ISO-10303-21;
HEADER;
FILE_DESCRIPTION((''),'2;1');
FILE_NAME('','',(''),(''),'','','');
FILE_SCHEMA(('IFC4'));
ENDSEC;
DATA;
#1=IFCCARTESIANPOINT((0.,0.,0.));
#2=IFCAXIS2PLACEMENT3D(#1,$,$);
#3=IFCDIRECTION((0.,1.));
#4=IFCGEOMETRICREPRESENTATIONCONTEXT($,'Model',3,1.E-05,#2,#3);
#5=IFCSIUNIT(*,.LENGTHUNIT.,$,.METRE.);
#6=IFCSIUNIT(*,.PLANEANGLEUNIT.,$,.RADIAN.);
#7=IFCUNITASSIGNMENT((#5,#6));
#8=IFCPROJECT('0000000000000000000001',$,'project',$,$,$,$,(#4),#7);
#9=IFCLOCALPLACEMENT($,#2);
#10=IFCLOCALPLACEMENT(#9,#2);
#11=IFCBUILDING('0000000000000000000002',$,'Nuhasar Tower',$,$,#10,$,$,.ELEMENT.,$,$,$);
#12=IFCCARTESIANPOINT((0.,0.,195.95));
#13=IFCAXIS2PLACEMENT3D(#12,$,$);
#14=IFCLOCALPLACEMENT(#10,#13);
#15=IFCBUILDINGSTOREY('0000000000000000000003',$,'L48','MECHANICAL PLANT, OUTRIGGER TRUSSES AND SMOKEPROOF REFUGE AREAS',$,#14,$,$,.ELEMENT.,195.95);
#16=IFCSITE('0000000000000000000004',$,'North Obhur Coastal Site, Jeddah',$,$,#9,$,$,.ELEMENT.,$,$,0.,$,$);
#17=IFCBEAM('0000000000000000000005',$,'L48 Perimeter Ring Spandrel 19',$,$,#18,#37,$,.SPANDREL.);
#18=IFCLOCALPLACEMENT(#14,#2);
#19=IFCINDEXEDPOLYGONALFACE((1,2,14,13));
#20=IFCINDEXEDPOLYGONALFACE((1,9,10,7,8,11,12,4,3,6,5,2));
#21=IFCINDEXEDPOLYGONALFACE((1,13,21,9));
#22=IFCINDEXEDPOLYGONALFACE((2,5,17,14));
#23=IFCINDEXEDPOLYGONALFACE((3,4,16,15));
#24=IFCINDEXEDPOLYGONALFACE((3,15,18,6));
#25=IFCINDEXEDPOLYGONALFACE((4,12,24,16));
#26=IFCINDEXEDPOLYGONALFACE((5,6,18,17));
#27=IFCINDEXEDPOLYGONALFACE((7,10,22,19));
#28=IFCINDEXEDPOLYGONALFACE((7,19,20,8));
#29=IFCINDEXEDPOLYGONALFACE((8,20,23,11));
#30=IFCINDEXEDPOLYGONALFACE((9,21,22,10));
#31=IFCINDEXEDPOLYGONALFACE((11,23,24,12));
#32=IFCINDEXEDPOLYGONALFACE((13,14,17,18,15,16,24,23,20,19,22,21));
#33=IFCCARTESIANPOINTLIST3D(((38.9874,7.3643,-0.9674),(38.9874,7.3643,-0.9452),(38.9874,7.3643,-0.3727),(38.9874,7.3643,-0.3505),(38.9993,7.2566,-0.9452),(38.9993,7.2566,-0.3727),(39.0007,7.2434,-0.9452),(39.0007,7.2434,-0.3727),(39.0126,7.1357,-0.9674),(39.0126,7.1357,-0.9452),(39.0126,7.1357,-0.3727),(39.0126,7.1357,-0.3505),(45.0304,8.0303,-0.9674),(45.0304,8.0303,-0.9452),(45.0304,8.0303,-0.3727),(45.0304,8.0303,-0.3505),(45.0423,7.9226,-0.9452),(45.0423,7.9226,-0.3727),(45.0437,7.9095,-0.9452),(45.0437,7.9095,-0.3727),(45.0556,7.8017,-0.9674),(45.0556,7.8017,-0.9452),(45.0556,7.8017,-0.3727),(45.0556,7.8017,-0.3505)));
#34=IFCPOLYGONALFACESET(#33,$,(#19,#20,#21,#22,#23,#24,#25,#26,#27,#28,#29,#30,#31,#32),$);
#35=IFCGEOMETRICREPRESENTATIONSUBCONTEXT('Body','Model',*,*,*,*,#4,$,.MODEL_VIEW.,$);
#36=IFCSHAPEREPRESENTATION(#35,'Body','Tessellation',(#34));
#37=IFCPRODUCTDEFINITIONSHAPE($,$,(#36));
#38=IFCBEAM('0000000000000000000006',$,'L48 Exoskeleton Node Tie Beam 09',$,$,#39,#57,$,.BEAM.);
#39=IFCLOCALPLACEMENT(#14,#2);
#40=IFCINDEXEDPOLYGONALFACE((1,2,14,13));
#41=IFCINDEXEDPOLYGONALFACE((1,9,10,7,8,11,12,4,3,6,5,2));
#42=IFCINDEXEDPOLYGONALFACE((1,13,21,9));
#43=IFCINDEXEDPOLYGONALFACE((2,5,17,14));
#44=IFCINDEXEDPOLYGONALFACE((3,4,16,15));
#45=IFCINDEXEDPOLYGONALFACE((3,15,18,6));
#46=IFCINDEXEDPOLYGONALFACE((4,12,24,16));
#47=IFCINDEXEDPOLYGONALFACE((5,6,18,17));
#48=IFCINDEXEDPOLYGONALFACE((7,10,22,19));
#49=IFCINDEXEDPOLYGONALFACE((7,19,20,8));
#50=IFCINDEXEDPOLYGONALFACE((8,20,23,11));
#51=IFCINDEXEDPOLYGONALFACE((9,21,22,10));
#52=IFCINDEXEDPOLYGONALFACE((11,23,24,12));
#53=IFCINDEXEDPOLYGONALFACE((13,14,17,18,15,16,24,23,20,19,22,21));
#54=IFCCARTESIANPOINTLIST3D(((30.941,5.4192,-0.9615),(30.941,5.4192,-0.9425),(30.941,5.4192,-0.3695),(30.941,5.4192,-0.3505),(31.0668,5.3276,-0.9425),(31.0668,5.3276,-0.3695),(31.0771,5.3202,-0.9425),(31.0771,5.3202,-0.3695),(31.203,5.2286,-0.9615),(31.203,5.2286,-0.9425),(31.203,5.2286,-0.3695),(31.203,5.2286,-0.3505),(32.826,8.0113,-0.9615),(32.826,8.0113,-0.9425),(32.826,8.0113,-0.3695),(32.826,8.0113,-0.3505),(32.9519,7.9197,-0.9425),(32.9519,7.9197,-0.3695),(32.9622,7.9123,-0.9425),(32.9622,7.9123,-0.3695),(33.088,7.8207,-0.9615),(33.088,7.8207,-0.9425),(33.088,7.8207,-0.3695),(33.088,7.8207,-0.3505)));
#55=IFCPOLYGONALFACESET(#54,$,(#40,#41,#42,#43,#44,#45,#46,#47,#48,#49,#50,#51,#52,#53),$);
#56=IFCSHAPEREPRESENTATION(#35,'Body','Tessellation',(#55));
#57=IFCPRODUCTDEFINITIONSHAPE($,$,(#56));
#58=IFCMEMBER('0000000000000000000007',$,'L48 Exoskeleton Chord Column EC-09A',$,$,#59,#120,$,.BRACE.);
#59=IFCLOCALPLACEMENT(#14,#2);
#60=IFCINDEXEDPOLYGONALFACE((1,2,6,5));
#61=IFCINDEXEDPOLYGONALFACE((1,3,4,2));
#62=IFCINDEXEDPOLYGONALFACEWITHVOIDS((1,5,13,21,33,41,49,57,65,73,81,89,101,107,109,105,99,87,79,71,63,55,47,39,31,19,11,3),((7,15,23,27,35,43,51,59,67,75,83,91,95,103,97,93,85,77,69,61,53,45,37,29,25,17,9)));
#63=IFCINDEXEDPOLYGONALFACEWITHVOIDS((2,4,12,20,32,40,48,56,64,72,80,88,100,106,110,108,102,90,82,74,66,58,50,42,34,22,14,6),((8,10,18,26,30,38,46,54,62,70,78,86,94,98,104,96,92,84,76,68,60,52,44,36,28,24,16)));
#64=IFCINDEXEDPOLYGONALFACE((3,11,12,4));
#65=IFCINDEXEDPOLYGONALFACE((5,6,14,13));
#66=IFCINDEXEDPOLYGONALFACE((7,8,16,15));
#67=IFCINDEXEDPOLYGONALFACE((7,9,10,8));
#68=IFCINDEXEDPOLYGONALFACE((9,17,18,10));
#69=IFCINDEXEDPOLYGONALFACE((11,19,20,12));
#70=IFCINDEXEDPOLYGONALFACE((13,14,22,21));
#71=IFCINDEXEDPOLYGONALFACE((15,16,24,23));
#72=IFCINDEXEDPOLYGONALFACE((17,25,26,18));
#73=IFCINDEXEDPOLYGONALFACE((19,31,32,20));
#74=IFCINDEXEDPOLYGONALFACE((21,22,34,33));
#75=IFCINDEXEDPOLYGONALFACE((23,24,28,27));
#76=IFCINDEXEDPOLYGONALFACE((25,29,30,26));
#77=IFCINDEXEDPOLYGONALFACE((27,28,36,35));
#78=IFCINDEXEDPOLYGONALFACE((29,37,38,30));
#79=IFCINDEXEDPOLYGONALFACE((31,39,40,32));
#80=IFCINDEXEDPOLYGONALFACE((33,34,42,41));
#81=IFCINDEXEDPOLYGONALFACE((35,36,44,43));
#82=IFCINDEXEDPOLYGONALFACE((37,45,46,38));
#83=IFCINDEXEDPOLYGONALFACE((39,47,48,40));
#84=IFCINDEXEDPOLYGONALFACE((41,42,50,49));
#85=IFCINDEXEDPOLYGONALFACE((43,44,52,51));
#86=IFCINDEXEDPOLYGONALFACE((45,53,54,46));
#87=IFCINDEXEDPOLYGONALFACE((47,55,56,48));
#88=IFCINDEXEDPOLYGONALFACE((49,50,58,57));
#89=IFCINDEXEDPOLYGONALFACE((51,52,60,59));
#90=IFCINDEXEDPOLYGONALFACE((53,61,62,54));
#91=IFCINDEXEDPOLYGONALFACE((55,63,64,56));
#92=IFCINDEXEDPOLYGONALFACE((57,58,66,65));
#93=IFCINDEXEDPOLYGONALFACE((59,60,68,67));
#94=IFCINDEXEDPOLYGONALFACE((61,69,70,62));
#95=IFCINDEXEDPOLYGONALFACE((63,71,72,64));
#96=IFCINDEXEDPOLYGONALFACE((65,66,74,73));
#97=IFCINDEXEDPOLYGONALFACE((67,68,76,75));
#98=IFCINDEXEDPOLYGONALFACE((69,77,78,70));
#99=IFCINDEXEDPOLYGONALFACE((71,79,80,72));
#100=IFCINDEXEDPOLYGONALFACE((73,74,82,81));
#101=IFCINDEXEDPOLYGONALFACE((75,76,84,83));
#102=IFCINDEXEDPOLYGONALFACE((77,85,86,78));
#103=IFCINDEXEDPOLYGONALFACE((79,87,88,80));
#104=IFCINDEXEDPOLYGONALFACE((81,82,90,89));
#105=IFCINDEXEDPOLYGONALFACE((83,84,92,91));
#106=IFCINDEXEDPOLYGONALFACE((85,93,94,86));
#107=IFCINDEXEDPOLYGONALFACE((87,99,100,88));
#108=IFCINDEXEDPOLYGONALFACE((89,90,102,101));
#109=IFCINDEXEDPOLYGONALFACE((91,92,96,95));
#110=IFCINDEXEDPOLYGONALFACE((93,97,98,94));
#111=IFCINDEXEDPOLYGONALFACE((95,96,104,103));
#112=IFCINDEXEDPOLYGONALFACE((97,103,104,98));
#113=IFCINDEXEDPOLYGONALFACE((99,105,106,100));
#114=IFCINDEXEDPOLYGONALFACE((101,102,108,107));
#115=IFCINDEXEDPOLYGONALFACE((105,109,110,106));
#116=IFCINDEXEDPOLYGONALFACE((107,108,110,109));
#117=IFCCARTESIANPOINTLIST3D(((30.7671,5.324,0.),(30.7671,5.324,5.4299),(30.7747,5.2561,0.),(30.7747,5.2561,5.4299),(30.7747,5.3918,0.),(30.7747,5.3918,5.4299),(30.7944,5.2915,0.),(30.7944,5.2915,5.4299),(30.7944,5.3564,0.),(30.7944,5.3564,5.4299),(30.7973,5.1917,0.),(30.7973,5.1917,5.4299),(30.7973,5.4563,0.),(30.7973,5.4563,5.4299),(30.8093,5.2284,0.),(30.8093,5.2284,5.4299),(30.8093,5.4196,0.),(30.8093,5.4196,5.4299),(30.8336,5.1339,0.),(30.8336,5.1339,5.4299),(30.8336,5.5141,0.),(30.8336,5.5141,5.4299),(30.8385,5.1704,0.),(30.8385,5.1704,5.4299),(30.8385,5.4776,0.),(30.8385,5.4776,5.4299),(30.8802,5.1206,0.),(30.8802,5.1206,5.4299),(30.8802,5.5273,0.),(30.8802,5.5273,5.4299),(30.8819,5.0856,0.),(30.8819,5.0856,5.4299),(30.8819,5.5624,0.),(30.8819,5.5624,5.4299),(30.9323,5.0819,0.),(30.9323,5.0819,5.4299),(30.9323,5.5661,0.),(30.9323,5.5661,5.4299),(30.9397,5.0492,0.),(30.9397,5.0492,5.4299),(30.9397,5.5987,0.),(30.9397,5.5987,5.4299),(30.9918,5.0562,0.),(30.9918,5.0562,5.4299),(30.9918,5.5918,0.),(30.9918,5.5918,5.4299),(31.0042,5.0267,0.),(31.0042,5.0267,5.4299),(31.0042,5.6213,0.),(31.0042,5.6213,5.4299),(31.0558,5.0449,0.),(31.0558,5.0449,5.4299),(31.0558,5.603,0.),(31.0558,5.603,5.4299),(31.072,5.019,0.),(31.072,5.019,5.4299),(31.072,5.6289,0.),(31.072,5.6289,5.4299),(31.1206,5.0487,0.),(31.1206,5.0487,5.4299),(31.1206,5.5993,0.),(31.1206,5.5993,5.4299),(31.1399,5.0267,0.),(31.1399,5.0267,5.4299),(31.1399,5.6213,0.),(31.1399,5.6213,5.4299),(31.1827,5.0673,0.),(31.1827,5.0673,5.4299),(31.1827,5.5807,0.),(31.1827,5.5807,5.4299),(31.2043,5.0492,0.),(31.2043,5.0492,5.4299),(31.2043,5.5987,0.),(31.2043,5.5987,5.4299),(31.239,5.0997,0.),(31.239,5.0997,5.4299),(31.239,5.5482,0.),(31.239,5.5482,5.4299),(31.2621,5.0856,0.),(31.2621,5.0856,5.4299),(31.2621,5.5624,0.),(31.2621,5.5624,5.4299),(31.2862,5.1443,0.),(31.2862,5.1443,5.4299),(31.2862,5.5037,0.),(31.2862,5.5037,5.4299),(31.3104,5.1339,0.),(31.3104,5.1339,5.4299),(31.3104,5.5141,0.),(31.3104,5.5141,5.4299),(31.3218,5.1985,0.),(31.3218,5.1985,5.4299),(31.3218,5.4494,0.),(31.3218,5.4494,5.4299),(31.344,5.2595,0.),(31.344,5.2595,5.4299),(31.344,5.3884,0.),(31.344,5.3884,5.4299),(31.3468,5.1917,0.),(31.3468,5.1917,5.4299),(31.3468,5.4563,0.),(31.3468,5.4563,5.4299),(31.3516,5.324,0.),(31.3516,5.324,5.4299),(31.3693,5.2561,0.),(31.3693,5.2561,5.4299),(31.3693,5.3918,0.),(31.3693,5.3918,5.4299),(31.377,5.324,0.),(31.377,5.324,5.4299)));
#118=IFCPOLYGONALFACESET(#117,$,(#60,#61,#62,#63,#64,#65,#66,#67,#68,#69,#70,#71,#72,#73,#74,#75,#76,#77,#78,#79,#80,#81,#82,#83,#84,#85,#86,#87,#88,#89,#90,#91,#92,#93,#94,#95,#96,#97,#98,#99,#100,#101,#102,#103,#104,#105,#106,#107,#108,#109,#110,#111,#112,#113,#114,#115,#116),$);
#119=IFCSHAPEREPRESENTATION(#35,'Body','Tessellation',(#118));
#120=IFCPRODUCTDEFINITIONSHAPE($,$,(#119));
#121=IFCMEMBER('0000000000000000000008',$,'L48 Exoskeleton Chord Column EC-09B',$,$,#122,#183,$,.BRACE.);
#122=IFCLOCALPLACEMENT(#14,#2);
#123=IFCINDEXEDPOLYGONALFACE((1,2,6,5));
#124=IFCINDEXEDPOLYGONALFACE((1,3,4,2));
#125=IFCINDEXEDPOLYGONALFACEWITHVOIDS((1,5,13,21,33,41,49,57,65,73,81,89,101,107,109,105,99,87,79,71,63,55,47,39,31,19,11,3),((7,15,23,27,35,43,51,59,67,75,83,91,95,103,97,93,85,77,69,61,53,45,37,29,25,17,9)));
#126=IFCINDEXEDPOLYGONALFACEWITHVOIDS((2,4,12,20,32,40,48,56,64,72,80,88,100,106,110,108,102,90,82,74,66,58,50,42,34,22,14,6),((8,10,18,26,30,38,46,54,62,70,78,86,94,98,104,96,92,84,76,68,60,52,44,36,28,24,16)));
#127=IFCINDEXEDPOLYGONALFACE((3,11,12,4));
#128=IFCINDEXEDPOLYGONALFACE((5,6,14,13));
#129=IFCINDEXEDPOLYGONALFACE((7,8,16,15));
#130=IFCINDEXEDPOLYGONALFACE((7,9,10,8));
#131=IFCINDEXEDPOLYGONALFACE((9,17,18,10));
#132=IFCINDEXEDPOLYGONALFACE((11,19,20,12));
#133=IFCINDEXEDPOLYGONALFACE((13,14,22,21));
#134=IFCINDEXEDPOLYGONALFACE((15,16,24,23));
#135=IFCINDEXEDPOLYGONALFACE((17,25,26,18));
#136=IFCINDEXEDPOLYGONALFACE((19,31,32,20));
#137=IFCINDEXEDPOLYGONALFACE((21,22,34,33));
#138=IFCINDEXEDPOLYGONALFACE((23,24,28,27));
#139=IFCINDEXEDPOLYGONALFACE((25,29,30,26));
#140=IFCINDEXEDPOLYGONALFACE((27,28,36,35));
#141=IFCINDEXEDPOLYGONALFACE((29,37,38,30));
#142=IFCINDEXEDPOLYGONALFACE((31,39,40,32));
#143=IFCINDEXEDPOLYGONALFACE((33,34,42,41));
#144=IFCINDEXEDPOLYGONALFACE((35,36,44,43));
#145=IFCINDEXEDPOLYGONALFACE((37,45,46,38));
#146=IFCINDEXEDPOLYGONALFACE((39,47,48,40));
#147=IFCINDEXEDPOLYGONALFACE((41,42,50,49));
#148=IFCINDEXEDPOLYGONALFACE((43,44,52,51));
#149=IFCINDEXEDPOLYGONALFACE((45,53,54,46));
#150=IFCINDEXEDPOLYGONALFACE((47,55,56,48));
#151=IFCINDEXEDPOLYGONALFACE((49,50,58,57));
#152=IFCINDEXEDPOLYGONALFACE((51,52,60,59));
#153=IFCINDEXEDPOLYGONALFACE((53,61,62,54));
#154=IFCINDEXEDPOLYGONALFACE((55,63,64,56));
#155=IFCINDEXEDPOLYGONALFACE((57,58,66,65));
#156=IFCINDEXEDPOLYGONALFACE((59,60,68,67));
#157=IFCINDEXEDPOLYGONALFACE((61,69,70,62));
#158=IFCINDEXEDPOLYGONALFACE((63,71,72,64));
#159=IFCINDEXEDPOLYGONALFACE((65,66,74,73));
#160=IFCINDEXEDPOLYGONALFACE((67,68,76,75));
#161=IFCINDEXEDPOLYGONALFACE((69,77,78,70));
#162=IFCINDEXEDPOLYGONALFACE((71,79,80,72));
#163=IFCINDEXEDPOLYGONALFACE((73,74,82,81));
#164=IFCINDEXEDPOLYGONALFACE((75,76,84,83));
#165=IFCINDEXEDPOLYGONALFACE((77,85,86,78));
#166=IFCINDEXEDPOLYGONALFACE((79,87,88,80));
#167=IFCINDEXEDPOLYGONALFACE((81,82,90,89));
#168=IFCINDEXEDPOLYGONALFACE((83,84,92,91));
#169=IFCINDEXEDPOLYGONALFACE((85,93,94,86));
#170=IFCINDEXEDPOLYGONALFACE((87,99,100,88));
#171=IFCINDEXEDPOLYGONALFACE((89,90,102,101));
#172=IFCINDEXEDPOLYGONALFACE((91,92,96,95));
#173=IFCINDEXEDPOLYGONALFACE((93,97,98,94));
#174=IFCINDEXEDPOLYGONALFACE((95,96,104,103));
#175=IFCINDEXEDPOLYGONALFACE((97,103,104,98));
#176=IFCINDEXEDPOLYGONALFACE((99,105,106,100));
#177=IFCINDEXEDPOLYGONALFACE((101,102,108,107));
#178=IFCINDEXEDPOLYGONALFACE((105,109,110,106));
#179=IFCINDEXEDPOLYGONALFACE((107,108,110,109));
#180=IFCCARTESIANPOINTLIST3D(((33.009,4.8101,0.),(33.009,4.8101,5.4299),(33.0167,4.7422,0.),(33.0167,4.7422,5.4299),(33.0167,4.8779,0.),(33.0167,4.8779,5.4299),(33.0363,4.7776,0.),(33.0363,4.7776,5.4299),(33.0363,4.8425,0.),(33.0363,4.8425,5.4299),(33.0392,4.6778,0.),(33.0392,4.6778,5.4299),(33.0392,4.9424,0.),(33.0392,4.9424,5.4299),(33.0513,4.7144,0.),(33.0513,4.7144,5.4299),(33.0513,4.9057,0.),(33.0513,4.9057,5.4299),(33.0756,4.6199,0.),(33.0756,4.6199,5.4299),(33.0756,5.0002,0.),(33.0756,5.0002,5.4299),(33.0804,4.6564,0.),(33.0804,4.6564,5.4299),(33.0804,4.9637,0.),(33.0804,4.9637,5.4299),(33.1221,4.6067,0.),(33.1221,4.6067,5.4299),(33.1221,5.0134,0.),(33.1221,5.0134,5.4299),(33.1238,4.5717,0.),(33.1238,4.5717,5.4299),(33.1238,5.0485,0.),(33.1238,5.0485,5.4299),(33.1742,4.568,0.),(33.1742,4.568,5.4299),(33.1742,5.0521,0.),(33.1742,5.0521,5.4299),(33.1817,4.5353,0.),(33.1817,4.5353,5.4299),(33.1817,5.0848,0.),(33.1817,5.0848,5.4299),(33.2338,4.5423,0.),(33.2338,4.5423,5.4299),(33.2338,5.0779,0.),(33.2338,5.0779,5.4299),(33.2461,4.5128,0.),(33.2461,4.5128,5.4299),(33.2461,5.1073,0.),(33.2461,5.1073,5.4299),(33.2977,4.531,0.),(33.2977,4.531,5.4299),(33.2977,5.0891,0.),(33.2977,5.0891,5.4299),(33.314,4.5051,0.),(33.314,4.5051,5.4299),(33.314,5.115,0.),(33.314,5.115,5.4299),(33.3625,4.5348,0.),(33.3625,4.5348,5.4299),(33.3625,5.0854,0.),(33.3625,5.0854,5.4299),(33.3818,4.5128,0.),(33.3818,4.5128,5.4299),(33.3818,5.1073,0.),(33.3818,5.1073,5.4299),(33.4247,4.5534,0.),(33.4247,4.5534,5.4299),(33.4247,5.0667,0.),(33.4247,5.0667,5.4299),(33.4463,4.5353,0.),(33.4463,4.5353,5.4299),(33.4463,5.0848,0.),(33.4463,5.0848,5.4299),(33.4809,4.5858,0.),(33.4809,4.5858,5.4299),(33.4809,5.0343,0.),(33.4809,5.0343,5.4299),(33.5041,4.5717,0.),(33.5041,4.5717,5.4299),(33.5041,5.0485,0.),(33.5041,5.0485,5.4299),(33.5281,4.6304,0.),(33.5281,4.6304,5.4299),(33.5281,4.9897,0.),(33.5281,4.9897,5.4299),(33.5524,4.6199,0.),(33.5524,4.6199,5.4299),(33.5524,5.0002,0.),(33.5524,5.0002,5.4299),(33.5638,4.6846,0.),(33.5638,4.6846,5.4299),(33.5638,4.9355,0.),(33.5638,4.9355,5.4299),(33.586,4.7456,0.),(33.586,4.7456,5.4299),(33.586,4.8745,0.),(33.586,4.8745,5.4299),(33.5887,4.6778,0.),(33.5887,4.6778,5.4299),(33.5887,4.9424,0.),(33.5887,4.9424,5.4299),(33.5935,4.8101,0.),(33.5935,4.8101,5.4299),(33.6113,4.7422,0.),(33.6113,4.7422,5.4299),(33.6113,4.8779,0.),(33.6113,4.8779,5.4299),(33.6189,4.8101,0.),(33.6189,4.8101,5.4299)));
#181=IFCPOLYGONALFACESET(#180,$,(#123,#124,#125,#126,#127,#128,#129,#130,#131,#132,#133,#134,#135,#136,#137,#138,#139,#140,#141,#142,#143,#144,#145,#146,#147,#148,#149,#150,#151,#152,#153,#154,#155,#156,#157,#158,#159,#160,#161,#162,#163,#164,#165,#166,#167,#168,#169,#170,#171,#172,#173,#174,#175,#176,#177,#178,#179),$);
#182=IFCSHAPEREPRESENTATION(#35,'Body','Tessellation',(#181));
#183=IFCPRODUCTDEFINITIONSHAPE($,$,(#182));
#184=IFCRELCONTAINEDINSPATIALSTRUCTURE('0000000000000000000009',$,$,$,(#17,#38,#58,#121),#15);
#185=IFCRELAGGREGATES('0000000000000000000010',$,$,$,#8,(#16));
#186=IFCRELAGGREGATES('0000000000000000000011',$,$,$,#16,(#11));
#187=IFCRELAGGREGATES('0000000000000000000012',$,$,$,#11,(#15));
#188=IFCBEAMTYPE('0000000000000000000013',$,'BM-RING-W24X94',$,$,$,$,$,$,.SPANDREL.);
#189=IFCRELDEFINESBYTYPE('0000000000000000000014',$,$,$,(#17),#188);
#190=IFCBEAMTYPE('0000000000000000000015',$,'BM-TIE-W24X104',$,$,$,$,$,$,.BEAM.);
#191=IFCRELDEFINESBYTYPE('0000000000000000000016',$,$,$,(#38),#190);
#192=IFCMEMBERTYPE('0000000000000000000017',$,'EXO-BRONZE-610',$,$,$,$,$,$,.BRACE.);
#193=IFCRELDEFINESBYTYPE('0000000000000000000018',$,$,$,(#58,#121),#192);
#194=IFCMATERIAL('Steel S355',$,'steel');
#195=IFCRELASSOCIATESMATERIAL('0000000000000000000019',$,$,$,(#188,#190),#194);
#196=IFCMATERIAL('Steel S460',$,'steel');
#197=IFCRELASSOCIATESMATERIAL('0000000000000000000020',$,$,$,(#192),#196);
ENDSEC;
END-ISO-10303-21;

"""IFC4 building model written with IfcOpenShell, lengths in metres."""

from ifc_helpers import new_model, si_unit, direction, frame, origin, origin_2d, place, context, subcontext, project, spatial, hollow_circle, i_section, extrude, material, material_profile, profile_set, type_object, element, save


model = new_model("IFC4")

# Units and contexts
model_context = context("Model", 3, precision=1e-05, world=origin(), true_north=direction((0.0, 1.0)))
body_context = subcontext(model_context, "Body", "Model", "MODEL_VIEW")
ifc_project = project(units=[si_unit("LENGTHUNIT", "METRE"), si_unit("PLANEANGLEUNIT", "RADIAN")], contexts=[model_context])

# Site, building, storey
site_placement = place(None, origin())
site = spatial("IfcSite", under=ifc_project, at=site_placement, Name="North Obhur Coastal Site, Jeddah", CompositionType="ELEMENT", RefElevation=0.0)
building_placement = place(site_placement, origin())
building = spatial("IfcBuilding", under=site, at=building_placement, Name="Nuhasar Tower", CompositionType="ELEMENT")
storey_placement = place(building_placement, frame((0.0, 0.0, 195.95)))
storey = spatial("IfcBuildingStorey", under=building, at=storey_placement, Name="L48", Description="MECHANICAL PLANT, OUTRIGGER TRUSSES AND SMOKEPROOF REFUGE AREAS", CompositionType="ELEMENT", Elevation=195.95)

# Shared definitions
ifc_material_1 = material(Name="Steel S460", Category="steel")

# Beams
ifc_material_2 = material(Name="Steel S355", Category="steel")
ifc_material_profile_1 = material_profile(ifc_material_2, i_section(OverallWidth=0.23, OverallDepth=0.6169, WebThickness=0.0132, FlangeThickness=0.0222, at=origin_2d()), Name="W24X94")
ifc_profile_set_1 = profile_set([ifc_material_profile_1], Name="Steel S355")
beam_type_1 = type_object("IfcBeamType", Name="BM-RING-W24X94", PredefinedType="SPANDREL", material=ifc_profile_set_1)
for number, where, z_axis, x_axis, name in (
    (1, (39.0, 7.25, -0.6589), (0.993981, 0.10955, 0.0), (-0.10955, 0.993981, 0.0), "L48 Perimeter Ring Spandrel 19"),
):
    element("IfcBeam", number, at=place(storey_placement, frame(where, z_axis=z_axis, x_axis=x_axis)), inside=storey, type_object=beam_type_1, Name=name, PredefinedType="SPANDREL", context=body_context, shape_type="SweptSolid", body=[
        extrude(i_section(OverallWidth=0.23, OverallDepth=0.6169, WebThickness=0.0132, FlangeThickness=0.0222, at=origin_2d()), origin(), (0.0, 0.0, 1.0), 6.0796),
    ])
ifc_material_profile_2 = material_profile(ifc_material_2, i_section(OverallWidth=0.324, OverallDepth=0.6111, WebThickness=0.0127, FlangeThickness=0.019, at=origin_2d()), Name="W24X104")
ifc_profile_set_2 = profile_set([ifc_material_profile_2], Name="Steel S355")
beam_type_2 = type_object("IfcBeamType", Name="BM-TIE-W24X104", PredefinedType="BEAM", material=ifc_profile_set_2)
beam_1_placement = place(storey_placement, frame((32.957, 7.916, -0.656), z_axis=(-0.588149, -0.808753, 0.0), x_axis=(0.808753, -0.588149, 0.0)))
element("IfcBeam", 2, at=beam_1_placement, inside=storey, type_object=beam_type_2, Name="L48 Exoskeleton Node Tie Beam 09", PredefinedType="BEAM", context=body_context, shape_type="SweptSolid", body=[
    extrude(i_section(OverallWidth=0.324, OverallDepth=0.6111, WebThickness=0.0127, FlangeThickness=0.019, at=origin_2d()), origin(), (0.0, 0.0, 1.0), 3.2051),
])

# Members
ifc_material_profile_3 = material_profile(ifc_material_1, hollow_circle(Radius=0.3049, WallThickness=0.0254, at=origin_2d()), Name="HSS610X25.4")
ifc_profile_set_3 = profile_set([ifc_material_profile_3], Name="Steel S460")
member_type_1 = type_object("IfcMemberType", Name="EXO-BRONZE-610", PredefinedType="BRACE", material=ifc_profile_set_3)
for number, where, z_axis, x_axis, name in (
    (3, (31.072, 5.324, 0.0), (0.0, 0.0, 1.0), (1.0, 0.0, 0.0), "L48 Exoskeleton Chord Column EC-09A"),
    (4, (33.314, 4.8101, 0.0), (0.0, 0.0, 1.0), (1.0, 0.0, 0.0), "L48 Exoskeleton Chord Column EC-09B"),
):
    element("IfcMember", number, at=place(storey_placement, frame(where, z_axis=z_axis, x_axis=x_axis)), inside=storey, type_object=member_type_1, Name=name, PredefinedType="BRACE", context=body_context, shape_type="SweptSolid", body=[
        extrude(hollow_circle(Radius=0.3049, WallThickness=0.0254, at=origin_2d()), origin(), (0.0, 0.0, 1.0), 5.4299),
    ])

save(model, "model.ifc")
